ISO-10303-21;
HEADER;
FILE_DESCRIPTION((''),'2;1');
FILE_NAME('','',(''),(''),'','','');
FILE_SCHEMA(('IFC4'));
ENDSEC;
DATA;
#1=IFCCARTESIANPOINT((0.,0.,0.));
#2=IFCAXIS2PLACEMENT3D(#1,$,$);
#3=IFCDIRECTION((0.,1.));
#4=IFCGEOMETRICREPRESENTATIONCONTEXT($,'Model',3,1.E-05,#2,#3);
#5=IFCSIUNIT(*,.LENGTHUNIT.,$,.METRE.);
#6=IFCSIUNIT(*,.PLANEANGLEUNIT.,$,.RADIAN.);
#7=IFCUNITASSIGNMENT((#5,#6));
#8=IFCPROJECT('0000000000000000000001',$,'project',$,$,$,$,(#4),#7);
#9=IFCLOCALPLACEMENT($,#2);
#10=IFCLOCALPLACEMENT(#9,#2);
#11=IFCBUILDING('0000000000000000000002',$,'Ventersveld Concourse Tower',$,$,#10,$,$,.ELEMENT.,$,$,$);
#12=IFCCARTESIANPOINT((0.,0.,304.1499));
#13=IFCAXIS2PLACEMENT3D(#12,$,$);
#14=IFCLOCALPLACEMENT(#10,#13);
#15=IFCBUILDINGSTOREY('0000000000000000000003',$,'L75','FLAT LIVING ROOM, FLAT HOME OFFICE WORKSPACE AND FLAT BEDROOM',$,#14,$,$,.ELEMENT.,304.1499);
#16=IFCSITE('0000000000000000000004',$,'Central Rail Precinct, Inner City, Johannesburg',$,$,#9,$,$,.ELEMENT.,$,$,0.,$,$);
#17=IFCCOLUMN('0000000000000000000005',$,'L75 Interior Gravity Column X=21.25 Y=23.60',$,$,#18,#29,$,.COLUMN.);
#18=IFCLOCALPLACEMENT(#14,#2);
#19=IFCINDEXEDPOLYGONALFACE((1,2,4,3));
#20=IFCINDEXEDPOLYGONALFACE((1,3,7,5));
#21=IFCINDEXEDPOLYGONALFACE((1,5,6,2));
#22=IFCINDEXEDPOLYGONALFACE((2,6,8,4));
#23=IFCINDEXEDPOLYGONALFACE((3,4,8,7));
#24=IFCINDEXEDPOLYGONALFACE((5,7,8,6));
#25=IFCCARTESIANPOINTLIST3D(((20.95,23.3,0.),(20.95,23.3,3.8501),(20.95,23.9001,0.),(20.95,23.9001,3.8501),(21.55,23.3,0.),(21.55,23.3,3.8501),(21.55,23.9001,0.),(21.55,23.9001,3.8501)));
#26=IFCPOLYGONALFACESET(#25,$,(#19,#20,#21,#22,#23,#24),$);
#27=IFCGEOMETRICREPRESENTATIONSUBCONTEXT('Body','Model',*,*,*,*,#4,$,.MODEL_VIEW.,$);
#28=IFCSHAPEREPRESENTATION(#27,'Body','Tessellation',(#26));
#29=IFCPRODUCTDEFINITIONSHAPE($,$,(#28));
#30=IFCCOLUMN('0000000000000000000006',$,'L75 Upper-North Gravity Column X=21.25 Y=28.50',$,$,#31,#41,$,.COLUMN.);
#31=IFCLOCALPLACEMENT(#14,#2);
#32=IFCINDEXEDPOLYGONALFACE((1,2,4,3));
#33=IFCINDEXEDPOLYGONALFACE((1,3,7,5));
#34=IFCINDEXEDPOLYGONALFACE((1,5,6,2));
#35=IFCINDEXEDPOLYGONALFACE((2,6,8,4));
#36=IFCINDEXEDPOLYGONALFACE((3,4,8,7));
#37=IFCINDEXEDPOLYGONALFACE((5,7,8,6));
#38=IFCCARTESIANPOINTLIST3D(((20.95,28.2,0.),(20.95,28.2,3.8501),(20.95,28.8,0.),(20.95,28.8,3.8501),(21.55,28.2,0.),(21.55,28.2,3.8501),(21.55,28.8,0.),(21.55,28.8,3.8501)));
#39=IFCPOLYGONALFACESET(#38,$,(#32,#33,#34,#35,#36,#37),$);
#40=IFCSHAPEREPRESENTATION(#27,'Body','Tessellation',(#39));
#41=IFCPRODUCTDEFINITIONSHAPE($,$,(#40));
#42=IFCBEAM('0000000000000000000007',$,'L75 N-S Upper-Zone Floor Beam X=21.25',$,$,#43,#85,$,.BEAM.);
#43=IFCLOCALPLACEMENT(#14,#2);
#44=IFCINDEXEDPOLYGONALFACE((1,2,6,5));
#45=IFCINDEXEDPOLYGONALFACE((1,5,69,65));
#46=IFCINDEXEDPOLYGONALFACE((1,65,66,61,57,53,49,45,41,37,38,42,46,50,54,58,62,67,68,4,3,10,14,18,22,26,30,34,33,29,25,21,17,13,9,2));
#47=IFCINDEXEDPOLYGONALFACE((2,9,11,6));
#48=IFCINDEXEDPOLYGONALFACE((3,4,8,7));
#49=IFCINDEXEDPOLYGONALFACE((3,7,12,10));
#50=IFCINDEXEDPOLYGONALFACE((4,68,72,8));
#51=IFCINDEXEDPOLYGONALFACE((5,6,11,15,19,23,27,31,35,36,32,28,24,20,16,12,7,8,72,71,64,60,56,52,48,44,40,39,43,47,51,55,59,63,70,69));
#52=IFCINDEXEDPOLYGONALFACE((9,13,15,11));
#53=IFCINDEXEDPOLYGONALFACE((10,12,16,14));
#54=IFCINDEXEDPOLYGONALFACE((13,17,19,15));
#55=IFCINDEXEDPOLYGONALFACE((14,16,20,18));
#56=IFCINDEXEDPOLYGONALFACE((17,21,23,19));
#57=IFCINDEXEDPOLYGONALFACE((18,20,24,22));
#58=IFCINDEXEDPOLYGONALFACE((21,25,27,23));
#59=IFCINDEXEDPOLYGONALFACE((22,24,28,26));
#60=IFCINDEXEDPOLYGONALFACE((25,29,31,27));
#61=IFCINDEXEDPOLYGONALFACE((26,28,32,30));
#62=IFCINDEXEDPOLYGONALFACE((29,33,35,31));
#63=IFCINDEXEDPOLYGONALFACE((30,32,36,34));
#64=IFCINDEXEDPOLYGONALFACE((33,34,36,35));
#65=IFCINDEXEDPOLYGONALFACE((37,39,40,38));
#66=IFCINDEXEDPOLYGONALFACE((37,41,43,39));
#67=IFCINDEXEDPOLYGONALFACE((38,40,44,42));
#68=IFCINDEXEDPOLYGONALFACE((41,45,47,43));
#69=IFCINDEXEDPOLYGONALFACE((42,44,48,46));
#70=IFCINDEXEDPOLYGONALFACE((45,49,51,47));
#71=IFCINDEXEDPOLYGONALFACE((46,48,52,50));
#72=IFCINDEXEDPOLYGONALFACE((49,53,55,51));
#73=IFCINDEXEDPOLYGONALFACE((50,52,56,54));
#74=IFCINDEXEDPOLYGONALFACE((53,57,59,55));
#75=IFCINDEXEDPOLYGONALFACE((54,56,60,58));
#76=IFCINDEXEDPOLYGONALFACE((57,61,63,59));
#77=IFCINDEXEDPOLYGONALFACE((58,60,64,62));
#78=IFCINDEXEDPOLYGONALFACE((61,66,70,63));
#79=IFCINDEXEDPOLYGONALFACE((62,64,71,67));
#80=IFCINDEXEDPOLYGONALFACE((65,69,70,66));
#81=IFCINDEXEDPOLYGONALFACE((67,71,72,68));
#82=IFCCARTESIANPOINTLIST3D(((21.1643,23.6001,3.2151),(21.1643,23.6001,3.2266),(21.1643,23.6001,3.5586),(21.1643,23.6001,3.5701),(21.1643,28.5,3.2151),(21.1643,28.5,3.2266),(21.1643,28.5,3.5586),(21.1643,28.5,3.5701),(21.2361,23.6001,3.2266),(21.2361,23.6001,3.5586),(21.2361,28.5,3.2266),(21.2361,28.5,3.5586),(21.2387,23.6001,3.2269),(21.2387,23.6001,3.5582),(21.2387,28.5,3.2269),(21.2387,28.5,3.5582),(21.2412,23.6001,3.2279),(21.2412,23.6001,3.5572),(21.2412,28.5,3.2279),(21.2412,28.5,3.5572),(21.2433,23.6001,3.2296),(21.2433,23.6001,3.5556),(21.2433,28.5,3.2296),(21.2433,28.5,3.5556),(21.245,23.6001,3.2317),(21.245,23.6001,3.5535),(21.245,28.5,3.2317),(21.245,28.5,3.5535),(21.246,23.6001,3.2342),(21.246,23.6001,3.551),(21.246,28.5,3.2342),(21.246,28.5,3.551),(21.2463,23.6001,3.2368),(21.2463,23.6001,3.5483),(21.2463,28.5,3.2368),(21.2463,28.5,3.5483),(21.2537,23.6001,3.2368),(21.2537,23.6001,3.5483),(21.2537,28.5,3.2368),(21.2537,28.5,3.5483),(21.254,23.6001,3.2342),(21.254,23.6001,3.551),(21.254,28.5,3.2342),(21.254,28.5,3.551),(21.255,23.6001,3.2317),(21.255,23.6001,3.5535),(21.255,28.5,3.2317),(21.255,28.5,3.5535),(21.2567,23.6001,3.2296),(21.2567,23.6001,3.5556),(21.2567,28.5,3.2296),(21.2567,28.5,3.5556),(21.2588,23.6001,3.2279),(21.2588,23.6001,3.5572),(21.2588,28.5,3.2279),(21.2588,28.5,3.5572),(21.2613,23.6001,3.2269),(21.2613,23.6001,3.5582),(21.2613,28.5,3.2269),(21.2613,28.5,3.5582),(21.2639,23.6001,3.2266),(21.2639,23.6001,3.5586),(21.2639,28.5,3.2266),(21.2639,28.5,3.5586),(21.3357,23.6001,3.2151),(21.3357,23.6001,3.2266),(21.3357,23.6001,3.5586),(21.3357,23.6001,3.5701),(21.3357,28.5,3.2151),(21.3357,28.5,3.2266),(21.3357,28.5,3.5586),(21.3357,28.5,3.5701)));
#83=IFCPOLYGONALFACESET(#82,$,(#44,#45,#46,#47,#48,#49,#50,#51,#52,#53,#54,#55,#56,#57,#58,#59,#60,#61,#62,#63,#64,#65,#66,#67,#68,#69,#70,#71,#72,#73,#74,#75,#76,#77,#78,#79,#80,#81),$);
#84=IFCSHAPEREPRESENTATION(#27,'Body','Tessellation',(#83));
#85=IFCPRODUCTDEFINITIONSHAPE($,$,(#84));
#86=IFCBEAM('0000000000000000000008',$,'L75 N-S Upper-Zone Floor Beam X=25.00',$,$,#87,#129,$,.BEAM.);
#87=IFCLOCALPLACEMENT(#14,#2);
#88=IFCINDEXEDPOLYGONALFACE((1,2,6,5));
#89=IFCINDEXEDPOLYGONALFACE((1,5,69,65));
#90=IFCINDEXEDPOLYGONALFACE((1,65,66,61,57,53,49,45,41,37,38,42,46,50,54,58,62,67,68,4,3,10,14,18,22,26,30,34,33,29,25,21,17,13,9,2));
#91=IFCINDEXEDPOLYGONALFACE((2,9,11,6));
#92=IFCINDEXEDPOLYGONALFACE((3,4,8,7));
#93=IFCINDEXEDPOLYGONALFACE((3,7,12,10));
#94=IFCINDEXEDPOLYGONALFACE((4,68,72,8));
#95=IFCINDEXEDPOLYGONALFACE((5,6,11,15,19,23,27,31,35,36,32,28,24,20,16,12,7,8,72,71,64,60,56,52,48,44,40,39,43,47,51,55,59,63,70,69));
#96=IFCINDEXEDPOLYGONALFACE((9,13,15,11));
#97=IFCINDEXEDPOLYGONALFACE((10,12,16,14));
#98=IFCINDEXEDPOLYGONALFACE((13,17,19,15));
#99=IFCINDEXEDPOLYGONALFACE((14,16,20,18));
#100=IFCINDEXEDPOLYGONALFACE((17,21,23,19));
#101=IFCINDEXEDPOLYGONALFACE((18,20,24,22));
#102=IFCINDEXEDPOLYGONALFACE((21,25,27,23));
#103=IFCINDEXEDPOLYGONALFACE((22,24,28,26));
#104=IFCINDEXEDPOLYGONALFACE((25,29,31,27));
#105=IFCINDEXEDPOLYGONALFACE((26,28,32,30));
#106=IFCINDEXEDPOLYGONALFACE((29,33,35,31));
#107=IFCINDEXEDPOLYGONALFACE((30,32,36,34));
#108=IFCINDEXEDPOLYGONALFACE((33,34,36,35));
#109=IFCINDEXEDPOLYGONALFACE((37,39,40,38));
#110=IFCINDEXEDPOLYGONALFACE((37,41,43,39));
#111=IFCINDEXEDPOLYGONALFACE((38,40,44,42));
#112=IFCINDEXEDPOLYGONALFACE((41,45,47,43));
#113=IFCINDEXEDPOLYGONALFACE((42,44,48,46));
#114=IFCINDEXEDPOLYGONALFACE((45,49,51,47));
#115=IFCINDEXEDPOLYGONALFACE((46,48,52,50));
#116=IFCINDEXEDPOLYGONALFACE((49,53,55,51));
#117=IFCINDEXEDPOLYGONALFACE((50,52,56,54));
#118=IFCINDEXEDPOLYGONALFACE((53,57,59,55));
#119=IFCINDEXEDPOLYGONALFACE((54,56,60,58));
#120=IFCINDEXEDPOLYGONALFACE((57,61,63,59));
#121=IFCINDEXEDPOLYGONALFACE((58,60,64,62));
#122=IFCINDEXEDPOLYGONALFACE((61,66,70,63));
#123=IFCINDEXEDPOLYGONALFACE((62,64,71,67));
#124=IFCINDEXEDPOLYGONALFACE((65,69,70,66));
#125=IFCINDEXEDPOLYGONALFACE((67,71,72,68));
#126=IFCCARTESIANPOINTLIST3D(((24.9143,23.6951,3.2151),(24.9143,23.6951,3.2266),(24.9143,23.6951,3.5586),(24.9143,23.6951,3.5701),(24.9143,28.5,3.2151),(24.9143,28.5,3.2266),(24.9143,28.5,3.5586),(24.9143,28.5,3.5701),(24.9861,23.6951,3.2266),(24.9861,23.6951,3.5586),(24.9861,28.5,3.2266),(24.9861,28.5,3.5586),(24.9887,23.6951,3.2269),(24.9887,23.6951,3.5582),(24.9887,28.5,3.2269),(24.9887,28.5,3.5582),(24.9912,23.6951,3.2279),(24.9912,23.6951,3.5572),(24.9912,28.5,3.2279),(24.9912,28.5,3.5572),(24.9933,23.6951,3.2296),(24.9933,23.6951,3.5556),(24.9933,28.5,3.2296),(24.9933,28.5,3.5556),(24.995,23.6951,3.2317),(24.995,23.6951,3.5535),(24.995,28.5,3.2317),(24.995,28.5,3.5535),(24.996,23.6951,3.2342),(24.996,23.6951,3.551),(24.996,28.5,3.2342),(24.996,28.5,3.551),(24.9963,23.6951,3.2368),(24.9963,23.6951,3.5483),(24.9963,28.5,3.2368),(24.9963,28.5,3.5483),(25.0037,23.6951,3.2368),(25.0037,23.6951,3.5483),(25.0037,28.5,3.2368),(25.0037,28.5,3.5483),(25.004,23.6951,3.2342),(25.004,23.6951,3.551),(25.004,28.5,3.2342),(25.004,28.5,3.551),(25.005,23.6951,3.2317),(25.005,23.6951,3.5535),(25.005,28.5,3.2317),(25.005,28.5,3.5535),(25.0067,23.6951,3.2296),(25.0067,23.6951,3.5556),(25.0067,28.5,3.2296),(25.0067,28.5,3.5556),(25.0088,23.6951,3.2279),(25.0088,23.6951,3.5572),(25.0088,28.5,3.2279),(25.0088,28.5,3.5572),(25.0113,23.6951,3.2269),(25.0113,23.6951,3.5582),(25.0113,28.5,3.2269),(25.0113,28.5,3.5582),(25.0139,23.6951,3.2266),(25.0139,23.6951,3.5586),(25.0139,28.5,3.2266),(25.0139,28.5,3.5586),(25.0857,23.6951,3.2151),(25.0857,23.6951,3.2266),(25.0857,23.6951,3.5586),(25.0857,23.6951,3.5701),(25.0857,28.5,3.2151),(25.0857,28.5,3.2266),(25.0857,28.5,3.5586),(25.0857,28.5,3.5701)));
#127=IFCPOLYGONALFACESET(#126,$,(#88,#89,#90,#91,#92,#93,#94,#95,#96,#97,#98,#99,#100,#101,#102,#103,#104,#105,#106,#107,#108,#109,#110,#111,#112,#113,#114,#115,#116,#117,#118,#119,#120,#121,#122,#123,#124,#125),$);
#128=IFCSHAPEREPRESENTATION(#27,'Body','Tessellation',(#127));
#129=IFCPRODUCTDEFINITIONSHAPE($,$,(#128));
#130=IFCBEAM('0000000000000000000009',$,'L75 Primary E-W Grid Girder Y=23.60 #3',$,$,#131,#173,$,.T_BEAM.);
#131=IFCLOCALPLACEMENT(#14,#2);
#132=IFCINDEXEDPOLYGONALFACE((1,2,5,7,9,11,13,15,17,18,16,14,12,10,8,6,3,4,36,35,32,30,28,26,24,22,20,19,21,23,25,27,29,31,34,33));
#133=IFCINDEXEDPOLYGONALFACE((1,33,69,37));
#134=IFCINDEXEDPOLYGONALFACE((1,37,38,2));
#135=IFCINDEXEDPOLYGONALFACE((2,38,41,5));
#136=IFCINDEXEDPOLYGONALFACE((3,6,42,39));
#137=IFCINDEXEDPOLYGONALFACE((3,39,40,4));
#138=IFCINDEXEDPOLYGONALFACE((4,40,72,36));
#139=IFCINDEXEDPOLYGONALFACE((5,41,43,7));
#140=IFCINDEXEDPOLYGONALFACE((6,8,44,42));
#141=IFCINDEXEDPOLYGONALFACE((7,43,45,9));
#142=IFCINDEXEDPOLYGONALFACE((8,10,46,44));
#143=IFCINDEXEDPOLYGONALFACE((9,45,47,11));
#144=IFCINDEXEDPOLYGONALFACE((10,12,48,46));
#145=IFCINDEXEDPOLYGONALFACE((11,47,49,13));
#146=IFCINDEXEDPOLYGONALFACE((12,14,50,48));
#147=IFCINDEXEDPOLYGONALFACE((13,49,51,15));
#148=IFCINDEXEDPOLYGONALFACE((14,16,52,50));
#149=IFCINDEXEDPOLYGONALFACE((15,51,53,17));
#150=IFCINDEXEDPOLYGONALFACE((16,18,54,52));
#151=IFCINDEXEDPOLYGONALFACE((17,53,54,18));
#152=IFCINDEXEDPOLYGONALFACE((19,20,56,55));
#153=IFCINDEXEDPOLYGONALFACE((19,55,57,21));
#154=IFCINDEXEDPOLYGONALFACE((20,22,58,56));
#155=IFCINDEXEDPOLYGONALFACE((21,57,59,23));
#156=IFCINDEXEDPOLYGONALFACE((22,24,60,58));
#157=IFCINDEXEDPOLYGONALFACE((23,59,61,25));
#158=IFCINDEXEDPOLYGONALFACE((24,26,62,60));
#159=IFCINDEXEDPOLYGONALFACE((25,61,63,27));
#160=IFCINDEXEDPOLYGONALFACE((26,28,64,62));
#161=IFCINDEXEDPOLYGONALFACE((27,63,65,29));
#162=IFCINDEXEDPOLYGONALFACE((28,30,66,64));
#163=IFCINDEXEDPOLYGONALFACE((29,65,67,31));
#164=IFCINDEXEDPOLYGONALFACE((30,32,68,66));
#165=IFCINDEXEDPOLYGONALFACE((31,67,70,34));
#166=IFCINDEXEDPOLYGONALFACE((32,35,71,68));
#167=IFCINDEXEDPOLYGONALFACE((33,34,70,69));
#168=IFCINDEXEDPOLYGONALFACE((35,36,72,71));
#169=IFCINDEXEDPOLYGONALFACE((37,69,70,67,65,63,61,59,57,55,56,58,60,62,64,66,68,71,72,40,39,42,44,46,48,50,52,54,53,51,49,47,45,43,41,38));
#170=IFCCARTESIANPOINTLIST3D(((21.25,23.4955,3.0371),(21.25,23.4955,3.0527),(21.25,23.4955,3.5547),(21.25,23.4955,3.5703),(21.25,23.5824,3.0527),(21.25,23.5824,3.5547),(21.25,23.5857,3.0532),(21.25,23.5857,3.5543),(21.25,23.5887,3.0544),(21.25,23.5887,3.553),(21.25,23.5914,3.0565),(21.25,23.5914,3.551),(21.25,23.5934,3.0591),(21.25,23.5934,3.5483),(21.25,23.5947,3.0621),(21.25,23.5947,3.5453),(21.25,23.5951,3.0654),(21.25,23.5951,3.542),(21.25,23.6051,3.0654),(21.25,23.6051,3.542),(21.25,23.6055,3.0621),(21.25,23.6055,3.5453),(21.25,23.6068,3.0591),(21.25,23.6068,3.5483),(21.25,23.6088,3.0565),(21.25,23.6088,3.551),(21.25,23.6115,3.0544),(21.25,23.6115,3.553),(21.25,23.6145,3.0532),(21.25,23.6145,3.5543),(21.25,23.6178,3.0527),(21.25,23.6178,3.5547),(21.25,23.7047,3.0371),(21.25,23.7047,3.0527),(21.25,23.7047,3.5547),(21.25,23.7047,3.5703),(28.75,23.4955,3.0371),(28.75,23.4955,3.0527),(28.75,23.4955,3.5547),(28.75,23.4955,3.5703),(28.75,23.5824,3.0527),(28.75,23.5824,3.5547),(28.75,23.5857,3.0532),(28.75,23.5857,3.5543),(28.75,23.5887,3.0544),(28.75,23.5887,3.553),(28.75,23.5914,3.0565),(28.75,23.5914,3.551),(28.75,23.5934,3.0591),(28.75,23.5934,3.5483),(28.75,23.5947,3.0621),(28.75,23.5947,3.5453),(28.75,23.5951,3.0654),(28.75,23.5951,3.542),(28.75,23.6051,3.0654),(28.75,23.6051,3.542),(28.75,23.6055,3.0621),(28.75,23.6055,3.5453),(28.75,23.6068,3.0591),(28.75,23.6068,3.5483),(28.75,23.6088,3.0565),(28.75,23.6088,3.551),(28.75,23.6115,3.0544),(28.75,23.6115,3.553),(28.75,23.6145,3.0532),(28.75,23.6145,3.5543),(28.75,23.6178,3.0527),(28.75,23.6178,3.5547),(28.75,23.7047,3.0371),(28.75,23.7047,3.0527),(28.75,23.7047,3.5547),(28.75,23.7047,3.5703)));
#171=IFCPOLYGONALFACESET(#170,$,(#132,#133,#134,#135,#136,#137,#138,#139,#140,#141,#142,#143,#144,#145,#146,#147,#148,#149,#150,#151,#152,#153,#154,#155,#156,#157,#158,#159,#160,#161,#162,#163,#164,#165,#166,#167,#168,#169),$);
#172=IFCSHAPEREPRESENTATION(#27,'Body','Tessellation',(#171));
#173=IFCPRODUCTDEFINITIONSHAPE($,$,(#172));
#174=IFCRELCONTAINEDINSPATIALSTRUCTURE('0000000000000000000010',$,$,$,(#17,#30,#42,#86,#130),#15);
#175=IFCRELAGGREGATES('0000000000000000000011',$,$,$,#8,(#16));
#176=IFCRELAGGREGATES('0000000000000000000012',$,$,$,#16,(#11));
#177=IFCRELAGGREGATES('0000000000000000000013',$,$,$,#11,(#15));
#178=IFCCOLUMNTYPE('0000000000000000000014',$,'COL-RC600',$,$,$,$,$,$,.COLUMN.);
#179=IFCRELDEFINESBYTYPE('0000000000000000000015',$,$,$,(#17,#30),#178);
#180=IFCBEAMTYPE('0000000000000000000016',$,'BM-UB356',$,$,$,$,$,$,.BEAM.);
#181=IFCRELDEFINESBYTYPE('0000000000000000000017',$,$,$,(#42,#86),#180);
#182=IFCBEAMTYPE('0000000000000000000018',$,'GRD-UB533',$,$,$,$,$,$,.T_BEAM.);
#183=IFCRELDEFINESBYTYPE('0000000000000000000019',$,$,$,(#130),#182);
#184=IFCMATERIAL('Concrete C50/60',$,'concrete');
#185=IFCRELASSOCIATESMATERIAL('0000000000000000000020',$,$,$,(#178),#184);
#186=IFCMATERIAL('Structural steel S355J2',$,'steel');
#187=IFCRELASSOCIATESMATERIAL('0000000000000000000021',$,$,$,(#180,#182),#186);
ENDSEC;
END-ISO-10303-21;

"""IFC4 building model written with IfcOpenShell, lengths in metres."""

from ifc_helpers import new_model, si_unit, direction, frame, origin, origin_2d, place, context, subcontext, project, spatial, rectangle, i_section, extrude, material, material_profile, profile_set, type_object, element, save


model = new_model("IFC4")

# Units and contexts
model_context = context("Model", 3, precision=1e-05, world=origin(), true_north=direction((0.0, 1.0)))
body_context = subcontext(model_context, "Body", "Model", "MODEL_VIEW")
ifc_project = project(units=[si_unit("LENGTHUNIT", "METRE"), si_unit("PLANEANGLEUNIT", "RADIAN")], contexts=[model_context])

# Site, building, storey
site_placement = place(None, origin())
site = spatial("IfcSite", under=ifc_project, at=site_placement, Name="Central Rail Precinct, Inner City, Johannesburg", CompositionType="ELEMENT", RefElevation=0.0)
building_placement = place(site_placement, origin())
building = spatial("IfcBuilding", under=site, at=building_placement, Name="Ventersveld Concourse Tower", CompositionType="ELEMENT")
storey_placement = place(building_placement, frame((0.0, 0.0, 304.1499)))
storey = spatial("IfcBuildingStorey", under=building, at=storey_placement, Name="L75", Description="FLAT LIVING ROOM, FLAT HOME OFFICE WORKSPACE AND FLAT BEDROOM", CompositionType="ELEMENT", Elevation=304.1499)

# Columns
ifc_material_1 = material(Name="Concrete C50/60", Category="concrete")
ifc_material_profile_1 = material_profile(ifc_material_1, rectangle(XDim=0.6001, YDim=0.6001, at=origin_2d()), Name="RC 600x600")
ifc_profile_set_1 = profile_set([ifc_material_profile_1], Name="Concrete C50/60")
column_type = type_object("IfcColumnType", Name="COL-RC600", PredefinedType="COLUMN", material=ifc_profile_set_1)
for number, where, z_axis, x_axis, name in (
    (1, (21.25, 23.6001, 0.0), (0.0, 0.0, 1.0), (1.0, 0.0, 0.0), "L75 Interior Gravity Column X=21.25 Y=23.60"),
    (2, (21.25, 28.5, 0.0), (0.0, 0.0, 1.0), (1.0, 0.0, 0.0), "L75 Upper-North Gravity Column X=21.25 Y=28.50"),
):
    element("IfcColumn", number, at=place(storey_placement, frame(where, z_axis=z_axis, x_axis=x_axis)), inside=storey, type_object=column_type, Name=name, PredefinedType="COLUMN", context=body_context, shape_type="SweptSolid", body=[
        extrude(rectangle(XDim=0.6001, YDim=0.6001, at=origin_2d()), origin(), (0.0, 0.0, 1.0), 3.8501),
    ])

# Beams
ifc_material_2 = material(Name="Structural steel S355J2", Category="steel")
ifc_material_profile_2 = material_profile(ifc_material_2, i_section(OverallWidth=0.1714, OverallDepth=0.355, WebThickness=0.0073, FlangeThickness=0.0115, FilletRadius=0.0103, at=origin_2d()), Name="UB 356x171x51")
ifc_profile_set_2 = profile_set([ifc_material_profile_2], Name="Structural steel S355J2")
beam_type_1 = type_object("IfcBeamType", Name="BM-UB356", PredefinedType="BEAM", material=ifc_profile_set_2)
beam_1_placement = place(storey_placement, frame((21.25, 23.6001, 3.3926), z_axis=(0.0, 1.0, 0.0), x_axis=(-1.0, 0.0, 0.0)))
element("IfcBeam", 3, at=beam_1_placement, inside=storey, type_object=beam_type_1, Name="L75 N-S Upper-Zone Floor Beam X=21.25", PredefinedType="BEAM", context=body_context, shape_type="SweptSolid", body=[
    extrude(i_section(OverallWidth=0.1714, OverallDepth=0.355, WebThickness=0.0073, FlangeThickness=0.0115, FilletRadius=0.0103, at=origin_2d()), origin(), (0.0, 0.0, 1.0), 4.8999),
])
beam_2_placement = place(storey_placement, frame((25.0, 23.6951, 3.3926), z_axis=(0.0, 1.0, 0.0), x_axis=(-1.0, 0.0, 0.0)))
element("IfcBeam", 4, at=beam_2_placement, inside=storey, type_object=beam_type_1, Name="L75 N-S Upper-Zone Floor Beam X=25.00", PredefinedType="BEAM", context=body_context, shape_type="SweptSolid", body=[
    extrude(i_section(OverallWidth=0.1714, OverallDepth=0.355, WebThickness=0.0073, FlangeThickness=0.0115, FilletRadius=0.0103, at=origin_2d()), origin(), (0.0, 0.0, 1.0), 4.8049),
])
ifc_material_profile_3 = material_profile(ifc_material_2, i_section(OverallWidth=0.2092, OverallDepth=0.5332, WebThickness=0.01, FlangeThickness=0.0156, FilletRadius=0.0127, at=origin_2d()), Name="UB 533x210x92")
ifc_profile_set_3 = profile_set([ifc_material_profile_3], Name="Structural steel S355J2")
beam_type_2 = type_object("IfcBeamType", Name="GRD-UB533", PredefinedType="T_BEAM", material=ifc_profile_set_3)
for number, where, z_axis, x_axis, name in (
    (5, (21.25, 23.6001, 3.3037), (1.0, 0.0, 0.0), (0.0, 1.0, 0.0), "L75 Primary E-W Grid Girder Y=23.60 #3"),
):
    element("IfcBeam", number, at=place(storey_placement, frame(where, z_axis=z_axis, x_axis=x_axis)), inside=storey, type_object=beam_type_2, Name=name, PredefinedType="T_BEAM", context=body_context, shape_type="SweptSolid", body=[
        extrude(i_section(OverallWidth=0.2092, OverallDepth=0.5332, WebThickness=0.01, FlangeThickness=0.0156, FilletRadius=0.0127, at=origin_2d()), origin(), (0.0, 0.0, 1.0), 7.5),
    ])

save(model, "model.ifc")
